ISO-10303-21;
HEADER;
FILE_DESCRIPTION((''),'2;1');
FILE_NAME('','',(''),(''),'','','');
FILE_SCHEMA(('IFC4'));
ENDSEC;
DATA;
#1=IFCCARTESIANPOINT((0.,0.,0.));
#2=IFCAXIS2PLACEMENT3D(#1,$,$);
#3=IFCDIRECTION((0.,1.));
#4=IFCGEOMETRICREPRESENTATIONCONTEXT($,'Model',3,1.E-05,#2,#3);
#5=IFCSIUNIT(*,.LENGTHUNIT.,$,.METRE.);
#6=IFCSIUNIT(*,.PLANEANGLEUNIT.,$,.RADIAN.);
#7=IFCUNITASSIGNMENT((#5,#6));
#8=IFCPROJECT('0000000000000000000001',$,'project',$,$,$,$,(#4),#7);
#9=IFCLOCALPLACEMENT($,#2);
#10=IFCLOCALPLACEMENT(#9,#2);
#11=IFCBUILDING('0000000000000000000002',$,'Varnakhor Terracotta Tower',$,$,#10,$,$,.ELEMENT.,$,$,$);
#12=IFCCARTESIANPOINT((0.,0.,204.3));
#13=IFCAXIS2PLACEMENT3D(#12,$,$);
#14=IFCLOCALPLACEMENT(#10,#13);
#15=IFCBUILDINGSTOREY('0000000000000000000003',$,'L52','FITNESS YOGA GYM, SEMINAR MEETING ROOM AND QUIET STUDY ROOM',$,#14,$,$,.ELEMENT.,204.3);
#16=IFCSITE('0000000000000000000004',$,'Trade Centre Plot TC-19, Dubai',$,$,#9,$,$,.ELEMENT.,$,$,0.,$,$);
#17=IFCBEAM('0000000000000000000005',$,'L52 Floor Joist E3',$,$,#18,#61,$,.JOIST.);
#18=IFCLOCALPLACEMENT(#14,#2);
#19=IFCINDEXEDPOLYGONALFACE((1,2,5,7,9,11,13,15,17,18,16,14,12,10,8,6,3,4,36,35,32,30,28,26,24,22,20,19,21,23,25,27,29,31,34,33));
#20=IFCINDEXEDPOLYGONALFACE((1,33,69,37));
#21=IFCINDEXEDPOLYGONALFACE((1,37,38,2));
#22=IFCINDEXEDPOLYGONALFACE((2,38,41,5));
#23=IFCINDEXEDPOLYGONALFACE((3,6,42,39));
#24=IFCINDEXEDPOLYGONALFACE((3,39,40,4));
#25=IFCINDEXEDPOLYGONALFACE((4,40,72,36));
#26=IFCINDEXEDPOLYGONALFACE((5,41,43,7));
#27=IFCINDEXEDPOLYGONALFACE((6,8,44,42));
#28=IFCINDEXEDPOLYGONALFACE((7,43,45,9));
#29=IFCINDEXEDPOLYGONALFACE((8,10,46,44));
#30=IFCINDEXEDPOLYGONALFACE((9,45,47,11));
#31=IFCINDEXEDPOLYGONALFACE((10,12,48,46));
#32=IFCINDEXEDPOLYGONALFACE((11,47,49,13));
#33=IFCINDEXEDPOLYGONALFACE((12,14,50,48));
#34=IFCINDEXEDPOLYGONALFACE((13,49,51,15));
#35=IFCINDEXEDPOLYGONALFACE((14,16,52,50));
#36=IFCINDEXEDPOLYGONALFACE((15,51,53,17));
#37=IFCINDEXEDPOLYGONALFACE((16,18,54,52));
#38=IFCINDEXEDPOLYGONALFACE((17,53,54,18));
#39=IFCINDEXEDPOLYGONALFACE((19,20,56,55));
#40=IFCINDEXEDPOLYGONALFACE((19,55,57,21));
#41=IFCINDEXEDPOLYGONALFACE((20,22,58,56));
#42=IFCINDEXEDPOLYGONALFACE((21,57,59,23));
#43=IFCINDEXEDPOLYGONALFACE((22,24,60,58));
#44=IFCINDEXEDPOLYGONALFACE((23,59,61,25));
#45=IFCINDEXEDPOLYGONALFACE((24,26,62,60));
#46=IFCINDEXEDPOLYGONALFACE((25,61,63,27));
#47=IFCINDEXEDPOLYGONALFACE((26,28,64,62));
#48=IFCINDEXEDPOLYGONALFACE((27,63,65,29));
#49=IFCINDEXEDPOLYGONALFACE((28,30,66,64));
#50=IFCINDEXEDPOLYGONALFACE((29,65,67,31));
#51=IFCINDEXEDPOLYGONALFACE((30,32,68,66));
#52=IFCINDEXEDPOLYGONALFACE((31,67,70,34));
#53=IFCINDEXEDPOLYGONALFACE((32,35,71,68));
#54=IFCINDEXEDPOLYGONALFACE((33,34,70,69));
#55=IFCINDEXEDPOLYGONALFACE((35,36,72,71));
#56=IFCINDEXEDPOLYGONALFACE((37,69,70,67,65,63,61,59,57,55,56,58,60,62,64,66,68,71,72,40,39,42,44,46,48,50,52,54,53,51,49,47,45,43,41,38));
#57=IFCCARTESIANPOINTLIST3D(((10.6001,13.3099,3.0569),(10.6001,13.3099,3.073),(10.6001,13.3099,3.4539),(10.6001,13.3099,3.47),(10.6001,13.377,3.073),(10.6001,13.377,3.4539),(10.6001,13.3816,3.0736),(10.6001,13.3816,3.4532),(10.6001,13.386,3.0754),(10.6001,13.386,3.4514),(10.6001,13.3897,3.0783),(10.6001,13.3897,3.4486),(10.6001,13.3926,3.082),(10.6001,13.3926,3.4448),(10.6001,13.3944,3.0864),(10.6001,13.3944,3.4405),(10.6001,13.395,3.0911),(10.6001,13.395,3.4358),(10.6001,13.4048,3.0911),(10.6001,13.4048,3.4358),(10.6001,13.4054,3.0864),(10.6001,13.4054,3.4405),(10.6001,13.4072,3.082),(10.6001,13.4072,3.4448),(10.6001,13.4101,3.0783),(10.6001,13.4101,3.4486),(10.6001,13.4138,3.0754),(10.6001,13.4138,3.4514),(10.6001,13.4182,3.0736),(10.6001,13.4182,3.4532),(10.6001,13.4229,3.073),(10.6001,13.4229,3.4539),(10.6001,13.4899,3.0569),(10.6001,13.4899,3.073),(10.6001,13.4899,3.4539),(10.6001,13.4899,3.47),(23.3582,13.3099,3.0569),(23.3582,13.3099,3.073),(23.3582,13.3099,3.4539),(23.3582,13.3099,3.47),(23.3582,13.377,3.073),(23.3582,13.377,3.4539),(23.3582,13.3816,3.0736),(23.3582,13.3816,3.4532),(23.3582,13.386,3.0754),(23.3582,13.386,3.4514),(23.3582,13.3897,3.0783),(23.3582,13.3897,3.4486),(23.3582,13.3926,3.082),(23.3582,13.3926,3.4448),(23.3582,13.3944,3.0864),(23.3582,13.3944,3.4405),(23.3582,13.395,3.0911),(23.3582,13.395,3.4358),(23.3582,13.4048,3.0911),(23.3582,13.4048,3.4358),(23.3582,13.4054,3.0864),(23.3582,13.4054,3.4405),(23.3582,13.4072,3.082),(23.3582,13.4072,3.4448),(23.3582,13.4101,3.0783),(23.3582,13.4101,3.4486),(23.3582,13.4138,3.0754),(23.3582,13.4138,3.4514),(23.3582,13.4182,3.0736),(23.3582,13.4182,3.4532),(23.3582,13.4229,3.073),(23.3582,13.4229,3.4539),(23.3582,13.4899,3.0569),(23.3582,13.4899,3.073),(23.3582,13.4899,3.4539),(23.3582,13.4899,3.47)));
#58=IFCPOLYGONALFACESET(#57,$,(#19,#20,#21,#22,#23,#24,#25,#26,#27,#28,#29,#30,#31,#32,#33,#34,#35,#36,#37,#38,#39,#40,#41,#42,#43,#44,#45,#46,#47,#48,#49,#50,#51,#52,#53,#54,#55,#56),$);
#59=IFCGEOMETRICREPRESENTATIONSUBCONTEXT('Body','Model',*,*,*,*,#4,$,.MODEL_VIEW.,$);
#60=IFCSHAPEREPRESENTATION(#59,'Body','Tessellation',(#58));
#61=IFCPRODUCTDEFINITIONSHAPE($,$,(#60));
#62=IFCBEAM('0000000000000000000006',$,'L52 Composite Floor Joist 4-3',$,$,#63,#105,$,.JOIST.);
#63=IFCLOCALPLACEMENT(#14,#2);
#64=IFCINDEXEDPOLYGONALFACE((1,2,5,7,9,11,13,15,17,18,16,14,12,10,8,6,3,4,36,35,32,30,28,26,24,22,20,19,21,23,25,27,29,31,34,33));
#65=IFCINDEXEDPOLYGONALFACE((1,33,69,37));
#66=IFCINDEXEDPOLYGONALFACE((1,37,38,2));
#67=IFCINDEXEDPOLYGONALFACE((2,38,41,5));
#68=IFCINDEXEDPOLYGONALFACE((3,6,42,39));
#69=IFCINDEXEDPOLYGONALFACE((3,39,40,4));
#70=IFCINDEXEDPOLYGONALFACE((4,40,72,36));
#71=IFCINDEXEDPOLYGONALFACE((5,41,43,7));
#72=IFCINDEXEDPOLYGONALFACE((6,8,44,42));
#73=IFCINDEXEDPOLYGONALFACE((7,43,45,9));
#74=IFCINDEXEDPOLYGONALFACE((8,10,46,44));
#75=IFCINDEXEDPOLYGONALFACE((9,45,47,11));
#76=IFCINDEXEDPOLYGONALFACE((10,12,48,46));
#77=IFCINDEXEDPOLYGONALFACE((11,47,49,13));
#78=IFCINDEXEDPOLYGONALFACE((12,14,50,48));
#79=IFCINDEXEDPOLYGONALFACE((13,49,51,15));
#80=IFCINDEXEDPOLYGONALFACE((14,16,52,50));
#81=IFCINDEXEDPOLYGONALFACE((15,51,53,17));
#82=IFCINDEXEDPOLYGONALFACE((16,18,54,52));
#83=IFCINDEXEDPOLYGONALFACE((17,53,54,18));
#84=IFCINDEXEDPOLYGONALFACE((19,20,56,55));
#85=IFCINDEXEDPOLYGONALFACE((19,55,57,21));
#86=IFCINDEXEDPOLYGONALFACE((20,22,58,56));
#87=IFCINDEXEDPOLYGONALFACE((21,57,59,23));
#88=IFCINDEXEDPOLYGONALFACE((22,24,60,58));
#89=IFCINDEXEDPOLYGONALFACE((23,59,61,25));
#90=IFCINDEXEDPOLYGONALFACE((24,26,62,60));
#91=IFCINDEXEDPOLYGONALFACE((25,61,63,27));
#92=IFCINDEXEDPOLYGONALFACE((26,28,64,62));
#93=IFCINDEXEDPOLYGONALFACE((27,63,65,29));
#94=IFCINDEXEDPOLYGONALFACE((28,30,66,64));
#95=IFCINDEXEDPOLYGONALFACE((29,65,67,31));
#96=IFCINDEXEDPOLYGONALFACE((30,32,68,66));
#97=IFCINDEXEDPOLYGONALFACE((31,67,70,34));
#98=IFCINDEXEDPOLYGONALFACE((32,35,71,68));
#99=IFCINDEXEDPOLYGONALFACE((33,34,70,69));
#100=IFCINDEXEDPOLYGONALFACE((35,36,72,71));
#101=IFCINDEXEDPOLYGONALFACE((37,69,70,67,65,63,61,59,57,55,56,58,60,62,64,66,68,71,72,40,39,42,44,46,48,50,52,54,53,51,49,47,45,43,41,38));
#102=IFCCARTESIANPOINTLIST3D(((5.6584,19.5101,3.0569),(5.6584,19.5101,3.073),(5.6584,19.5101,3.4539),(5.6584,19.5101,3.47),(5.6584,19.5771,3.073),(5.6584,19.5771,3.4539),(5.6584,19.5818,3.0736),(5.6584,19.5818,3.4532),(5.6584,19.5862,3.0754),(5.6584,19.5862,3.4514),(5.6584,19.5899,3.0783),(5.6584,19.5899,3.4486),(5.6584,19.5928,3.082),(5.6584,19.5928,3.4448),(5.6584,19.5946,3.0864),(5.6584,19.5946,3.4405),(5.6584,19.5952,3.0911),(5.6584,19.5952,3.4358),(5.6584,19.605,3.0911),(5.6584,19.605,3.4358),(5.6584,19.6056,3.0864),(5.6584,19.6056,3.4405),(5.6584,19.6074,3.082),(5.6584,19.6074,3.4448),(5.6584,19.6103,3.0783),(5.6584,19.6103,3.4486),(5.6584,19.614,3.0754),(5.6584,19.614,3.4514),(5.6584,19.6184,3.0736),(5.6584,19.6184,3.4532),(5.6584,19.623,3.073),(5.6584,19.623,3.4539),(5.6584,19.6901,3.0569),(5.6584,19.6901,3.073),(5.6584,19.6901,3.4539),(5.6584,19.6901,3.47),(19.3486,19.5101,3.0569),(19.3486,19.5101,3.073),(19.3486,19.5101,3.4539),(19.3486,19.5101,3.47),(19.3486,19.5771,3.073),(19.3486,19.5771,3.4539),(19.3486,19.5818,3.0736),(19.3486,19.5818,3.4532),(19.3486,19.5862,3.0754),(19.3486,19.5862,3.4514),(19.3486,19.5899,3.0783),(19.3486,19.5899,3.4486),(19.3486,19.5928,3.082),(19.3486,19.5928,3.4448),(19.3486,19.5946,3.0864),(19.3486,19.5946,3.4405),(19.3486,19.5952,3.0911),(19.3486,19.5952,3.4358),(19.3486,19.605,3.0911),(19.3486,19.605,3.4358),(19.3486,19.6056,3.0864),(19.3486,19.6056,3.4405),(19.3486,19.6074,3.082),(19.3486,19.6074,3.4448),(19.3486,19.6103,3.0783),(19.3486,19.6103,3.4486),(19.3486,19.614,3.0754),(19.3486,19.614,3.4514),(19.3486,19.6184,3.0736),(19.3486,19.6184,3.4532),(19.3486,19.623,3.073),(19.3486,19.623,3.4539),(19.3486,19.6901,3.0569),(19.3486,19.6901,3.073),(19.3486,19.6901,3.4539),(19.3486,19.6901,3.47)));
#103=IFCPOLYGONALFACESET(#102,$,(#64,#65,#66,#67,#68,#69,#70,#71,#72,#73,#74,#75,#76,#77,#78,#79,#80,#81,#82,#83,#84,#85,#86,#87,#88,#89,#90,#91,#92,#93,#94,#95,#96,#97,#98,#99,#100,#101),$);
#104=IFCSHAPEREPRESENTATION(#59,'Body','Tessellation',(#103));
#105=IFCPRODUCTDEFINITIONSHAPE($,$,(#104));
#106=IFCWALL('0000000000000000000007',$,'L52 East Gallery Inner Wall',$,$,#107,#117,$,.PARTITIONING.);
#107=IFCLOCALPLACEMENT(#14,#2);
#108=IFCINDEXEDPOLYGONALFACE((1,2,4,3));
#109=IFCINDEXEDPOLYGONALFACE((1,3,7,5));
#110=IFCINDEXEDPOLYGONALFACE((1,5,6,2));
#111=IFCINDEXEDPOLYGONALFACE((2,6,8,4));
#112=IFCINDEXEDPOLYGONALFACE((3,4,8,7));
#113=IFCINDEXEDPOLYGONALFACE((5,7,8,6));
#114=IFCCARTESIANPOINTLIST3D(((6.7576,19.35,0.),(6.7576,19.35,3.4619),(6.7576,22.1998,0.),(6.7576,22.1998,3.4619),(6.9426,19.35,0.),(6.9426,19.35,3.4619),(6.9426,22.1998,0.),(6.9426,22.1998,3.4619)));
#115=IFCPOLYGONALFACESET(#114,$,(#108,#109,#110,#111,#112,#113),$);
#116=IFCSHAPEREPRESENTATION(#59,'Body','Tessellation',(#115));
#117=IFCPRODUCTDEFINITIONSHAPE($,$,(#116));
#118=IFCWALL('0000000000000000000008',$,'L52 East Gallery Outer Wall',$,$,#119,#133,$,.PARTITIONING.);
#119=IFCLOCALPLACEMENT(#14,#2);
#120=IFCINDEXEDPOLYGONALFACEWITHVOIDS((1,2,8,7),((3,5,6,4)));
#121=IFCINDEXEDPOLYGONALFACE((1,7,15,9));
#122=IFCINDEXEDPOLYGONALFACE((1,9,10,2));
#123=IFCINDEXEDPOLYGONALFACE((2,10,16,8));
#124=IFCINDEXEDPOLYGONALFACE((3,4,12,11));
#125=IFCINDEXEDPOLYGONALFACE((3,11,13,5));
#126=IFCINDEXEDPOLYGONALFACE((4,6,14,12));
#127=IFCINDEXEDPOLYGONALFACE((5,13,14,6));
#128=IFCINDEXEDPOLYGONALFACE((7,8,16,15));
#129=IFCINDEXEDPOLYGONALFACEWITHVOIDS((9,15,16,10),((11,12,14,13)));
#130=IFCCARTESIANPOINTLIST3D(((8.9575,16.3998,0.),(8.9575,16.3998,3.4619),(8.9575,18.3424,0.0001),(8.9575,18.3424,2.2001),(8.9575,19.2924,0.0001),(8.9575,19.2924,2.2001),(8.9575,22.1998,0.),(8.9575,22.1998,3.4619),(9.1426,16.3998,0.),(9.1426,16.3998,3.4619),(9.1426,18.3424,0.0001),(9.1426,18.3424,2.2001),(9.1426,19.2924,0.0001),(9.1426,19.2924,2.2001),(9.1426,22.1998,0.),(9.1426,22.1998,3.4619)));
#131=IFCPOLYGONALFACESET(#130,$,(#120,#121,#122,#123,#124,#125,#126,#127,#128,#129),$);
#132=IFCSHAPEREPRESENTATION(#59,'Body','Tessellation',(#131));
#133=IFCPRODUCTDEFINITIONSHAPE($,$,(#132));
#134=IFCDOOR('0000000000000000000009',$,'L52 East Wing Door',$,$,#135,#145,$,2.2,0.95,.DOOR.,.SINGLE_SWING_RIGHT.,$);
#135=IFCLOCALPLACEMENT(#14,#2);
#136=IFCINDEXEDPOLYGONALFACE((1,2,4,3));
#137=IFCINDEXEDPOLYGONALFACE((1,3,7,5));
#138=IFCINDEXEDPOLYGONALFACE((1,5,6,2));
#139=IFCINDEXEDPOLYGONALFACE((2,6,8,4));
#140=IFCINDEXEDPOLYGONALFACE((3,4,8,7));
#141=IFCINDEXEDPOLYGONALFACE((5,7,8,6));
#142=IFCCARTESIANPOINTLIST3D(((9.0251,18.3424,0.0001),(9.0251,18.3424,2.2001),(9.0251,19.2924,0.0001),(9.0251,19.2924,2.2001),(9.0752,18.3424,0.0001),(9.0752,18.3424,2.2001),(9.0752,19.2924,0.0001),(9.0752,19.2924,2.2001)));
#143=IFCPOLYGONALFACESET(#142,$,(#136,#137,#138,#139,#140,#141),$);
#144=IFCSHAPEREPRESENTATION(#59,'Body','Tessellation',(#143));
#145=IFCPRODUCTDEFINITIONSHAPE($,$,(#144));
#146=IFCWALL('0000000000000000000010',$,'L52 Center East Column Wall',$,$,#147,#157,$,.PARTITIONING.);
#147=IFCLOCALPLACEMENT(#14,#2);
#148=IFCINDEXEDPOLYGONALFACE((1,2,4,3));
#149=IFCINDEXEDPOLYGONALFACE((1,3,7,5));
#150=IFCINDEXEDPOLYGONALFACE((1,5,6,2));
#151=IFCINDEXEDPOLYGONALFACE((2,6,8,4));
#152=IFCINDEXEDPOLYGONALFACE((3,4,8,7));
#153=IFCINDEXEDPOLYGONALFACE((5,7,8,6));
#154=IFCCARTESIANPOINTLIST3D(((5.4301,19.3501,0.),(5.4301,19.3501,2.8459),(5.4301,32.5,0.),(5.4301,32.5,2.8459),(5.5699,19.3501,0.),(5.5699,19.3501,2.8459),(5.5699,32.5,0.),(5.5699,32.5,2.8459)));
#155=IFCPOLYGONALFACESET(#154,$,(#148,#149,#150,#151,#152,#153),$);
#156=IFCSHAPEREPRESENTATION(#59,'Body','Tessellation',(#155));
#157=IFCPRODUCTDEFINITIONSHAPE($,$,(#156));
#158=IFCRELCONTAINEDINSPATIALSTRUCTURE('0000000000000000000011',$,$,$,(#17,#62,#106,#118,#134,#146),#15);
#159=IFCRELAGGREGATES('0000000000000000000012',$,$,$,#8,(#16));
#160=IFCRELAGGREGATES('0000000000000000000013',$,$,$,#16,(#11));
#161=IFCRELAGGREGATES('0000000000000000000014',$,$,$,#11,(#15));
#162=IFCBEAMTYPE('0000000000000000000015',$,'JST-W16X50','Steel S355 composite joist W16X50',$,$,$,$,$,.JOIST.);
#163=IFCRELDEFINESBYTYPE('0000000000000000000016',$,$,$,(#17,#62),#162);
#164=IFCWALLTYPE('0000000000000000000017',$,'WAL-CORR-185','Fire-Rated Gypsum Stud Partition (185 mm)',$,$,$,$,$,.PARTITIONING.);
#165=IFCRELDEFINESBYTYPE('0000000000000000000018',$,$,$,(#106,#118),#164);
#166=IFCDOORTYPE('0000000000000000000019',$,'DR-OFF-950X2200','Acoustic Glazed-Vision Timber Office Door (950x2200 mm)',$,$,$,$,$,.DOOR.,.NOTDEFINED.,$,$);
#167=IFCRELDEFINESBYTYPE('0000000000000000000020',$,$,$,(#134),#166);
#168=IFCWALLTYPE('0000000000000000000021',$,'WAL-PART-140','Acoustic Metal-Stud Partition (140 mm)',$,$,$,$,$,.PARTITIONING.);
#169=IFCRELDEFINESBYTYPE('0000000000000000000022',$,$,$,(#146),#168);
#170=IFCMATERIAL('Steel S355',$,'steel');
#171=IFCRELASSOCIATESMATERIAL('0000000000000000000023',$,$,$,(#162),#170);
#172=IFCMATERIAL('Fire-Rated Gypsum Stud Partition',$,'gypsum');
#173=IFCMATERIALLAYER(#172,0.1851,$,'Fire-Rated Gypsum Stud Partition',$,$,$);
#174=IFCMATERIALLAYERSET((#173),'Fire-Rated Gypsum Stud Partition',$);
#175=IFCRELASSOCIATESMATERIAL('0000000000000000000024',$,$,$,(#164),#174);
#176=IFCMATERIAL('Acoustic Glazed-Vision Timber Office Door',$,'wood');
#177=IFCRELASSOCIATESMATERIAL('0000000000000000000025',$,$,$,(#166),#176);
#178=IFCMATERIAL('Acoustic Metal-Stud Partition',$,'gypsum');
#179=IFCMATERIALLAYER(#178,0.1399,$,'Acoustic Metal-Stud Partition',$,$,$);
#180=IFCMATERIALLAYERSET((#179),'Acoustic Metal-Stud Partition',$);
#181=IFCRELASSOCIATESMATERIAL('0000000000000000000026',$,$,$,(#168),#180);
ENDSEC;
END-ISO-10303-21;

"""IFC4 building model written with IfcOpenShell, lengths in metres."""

from ifc_helpers import new_model, si_unit, direction, frame, frame_2d, origin, origin_2d, place, context, subcontext, project, spatial, rectangle, i_section, extrude, source, transform, mapped, material, layer, layer_set, material_profile, profile_set, type_object, type_shapes, element, fill, save


model = new_model("IFC4")

# Units and contexts
model_context = context("Model", 3, precision=1e-05, world=origin(), true_north=direction((0.0, 1.0)))
body_context = subcontext(model_context, "Body", "Model", "MODEL_VIEW")
ifc_project = project(units=[si_unit("LENGTHUNIT", "METRE"), si_unit("PLANEANGLEUNIT", "RADIAN")], contexts=[model_context])

# Site, building, storey
site_placement = place(None, origin())
site = spatial("IfcSite", under=ifc_project, at=site_placement, Name="Trade Centre Plot TC-19, Dubai", CompositionType="ELEMENT", RefElevation=0.0)
building_placement = place(site_placement, origin())
building = spatial("IfcBuilding", under=site, at=building_placement, Name="Varnakhor Terracotta Tower", CompositionType="ELEMENT")
storey_placement = place(building_placement, frame((0.0, 0.0, 204.3)))
storey = spatial("IfcBuildingStorey", under=building, at=storey_placement, Name="L52", Description="FITNESS YOGA GYM, SEMINAR MEETING ROOM AND QUIET STUDY ROOM", CompositionType="ELEMENT", Elevation=204.3)

# Beams
ifc_material_1 = material(Name="Steel S355", Category="steel")
ifc_material_profile_1 = material_profile(ifc_material_1, i_section(OverallWidth=0.1799, OverallDepth=0.4131, WebThickness=0.0098, FlangeThickness=0.0161, FilletRadius=0.0181, at=origin_2d()), Name="W16X50")
ifc_profile_set_1 = profile_set([ifc_material_profile_1], Name="Steel S355")
beam_type_1 = type_object("IfcBeamType", Name="JST-W16X50", Description="Steel S355 composite joist W16X50", PredefinedType="JOIST", material=ifc_profile_set_1)
shared_shape_1 = source(origin(), body_context, "Body", "SweptSolid", [
    extrude(i_section(OverallWidth=0.1799, OverallDepth=0.4131, WebThickness=0.0098, FlangeThickness=0.0161, FilletRadius=0.0181, at=origin_2d()), origin(), (0.0, 0.0, 1.0), 12.7581),
])
beam_1_placement = place(storey_placement, frame((10.6001, 13.3999, 3.2634), z_axis=(1.0, 0.0, 0.0), x_axis=(0.0, 1.0, 0.0)))
element("IfcBeam", 1, at=beam_1_placement, inside=storey, type_object=beam_type_1, Name="L52 Floor Joist E3", PredefinedType="JOIST", context=body_context, shape_type="MappedRepresentation", body=[
    mapped(shared_shape_1, transform((0.0, 0.0, 0.0), scale=1.0)),
])
shared_shape_2 = source(origin(), body_context, "Body", "SweptSolid", [
    extrude(i_section(OverallWidth=0.1799, OverallDepth=0.4131, WebThickness=0.0098, FlangeThickness=0.0161, FilletRadius=0.0181, at=origin_2d()), origin(), (0.0, 0.0, 1.0), 13.6902),
])
beam_2_placement = place(storey_placement, frame((5.6584, 19.6001, 3.2634), z_axis=(1.0, 0.0, 0.0), x_axis=(0.0, 1.0, 0.0)))
element("IfcBeam", 2, at=beam_2_placement, inside=storey, type_object=beam_type_1, Name="L52 Composite Floor Joist 4-3", PredefinedType="JOIST", context=body_context, shape_type="MappedRepresentation", body=[
    mapped(shared_shape_2, transform((0.0, 0.0, 0.0), scale=1.0)),
])

# Wall
ifc_material_2 = material(Name="Fire-Rated Gypsum Stud Partition", Category="gypsum")
ifc_layer_1 = layer(ifc_material_2, 0.1851, Name="Fire-Rated Gypsum Stud Partition")
ifc_layer_set_1 = layer_set([ifc_layer_1], Name="Fire-Rated Gypsum Stud Partition")
wall_type_1 = type_object("IfcWallType", Name="WAL-CORR-185", Description="Fire-Rated Gypsum Stud Partition (185 mm)", PredefinedType="PARTITIONING", material=ifc_layer_set_1)
wall_1_placement = place(storey_placement, frame((6.8501, 19.3501, 0.0), z_axis=(0.0, 0.0, 1.0), x_axis=(0.0, 1.0, 0.0)))
element("IfcWall", 3, at=wall_1_placement, inside=storey, type_object=wall_type_1, Name="L52 East Gallery Inner Wall", PredefinedType="PARTITIONING", context=body_context, shape_type="SweptSolid", body=[
    extrude(rectangle(XDim=2.8499, YDim=0.1851, at=frame_2d((1.4248, 0.0))), origin(), (0.0, 0.0, 1.0), 3.4619),
])

# Wall, opening, door
wall_2_placement = place(storey_placement, frame((9.05, 16.3999, 0.0), z_axis=(0.0, 0.0, 1.0), x_axis=(0.0, 1.0, 0.0)))
wall_2 = element("IfcWall", 4, at=wall_2_placement, inside=storey, type_object=wall_type_1, Name="L52 East Gallery Outer Wall", PredefinedType="PARTITIONING", context=body_context, shape_type="SweptSolid", body=[
    extrude(rectangle(XDim=5.8, YDim=0.1851, at=frame_2d((2.8999, 0.0))), origin(), (0.0, 0.0, 1.0), 3.4619),
])
opening_1_placement = place(wall_2_placement, frame((1.9424, 0.0, 0.0)))
opening_1 = element("IfcOpeningElement", 5, at=opening_1_placement, cuts=wall_2, PredefinedType="OPENING", context=body_context, shape_type="SweptSolid", body=[
    extrude(rectangle(XDim=0.95, YDim=2.2, at=frame_2d((0.4751, 1.1001))), frame((0.0, 0.1025, 0.0), z_axis=(0.0, -1.0, 0.0), x_axis=(1.0, 0.0, 0.0)), (0.0, 0.0, 1.0), 0.2051),
])
ifc_material_3 = material(Name="Acoustic Glazed-Vision Timber Office Door", Category="wood")
door_type_1 = type_object("IfcDoorType", Name="DR-OFF-950X2200", Description="Acoustic Glazed-Vision Timber Office Door (950x2200 mm)", OperationType="NOTDEFINED", PredefinedType="DOOR", material=ifc_material_3)
shared_shape_3 = source(origin(), body_context, "Body", "SweptSolid", [
    extrude(rectangle(XDim=0.95, YDim=2.2, at=frame_2d((0.4751, 1.1001))), frame((0.0, 0.0249, 0.0), z_axis=(0.0, -1.0, 0.0), x_axis=(1.0, 0.0, 0.0)), (0.0, 0.0, 1.0), 0.05),
])
type_shapes(door_type_1, [shared_shape_3])
door_1_placement = place(opening_1_placement, origin())
door_1 = element("IfcDoor", 6, at=door_1_placement, inside=storey, type_object=door_type_1, Name="L52 East Wing Door", OperationType="SINGLE_SWING_RIGHT", OverallHeight=2.2, OverallWidth=0.95, PredefinedType="DOOR", context=body_context, shape_type="MappedRepresentation", body=[
    mapped(shared_shape_3, transform((0.0, 0.0, 0.0), scale=1.0)),
])
fill(opening_1, door_1)

# Wall
ifc_material_4 = material(Name="Acoustic Metal-Stud Partition", Category="gypsum")
ifc_layer_2 = layer(ifc_material_4, 0.1399, Name="Acoustic Metal-Stud Partition")
ifc_layer_set_2 = layer_set([ifc_layer_2], Name="Acoustic Metal-Stud Partition")
wall_type_2 = type_object("IfcWallType", Name="WAL-PART-140", Description="Acoustic Metal-Stud Partition (140 mm)", PredefinedType="PARTITIONING", material=ifc_layer_set_2)
wall_3_placement = place(storey_placement, frame((5.5, 19.3501, 0.0), z_axis=(0.0, 0.0, 1.0), x_axis=(0.0, 1.0, 0.0)))
element("IfcWall", 7, at=wall_3_placement, inside=storey, type_object=wall_type_2, Name="L52 Center East Column Wall", PredefinedType="PARTITIONING", context=body_context, shape_type="SweptSolid", body=[
    extrude(rectangle(XDim=13.1499, YDim=0.1399, at=frame_2d((6.575, 0.0))), origin(), (0.0, 0.0, 1.0), 2.8459),
])

save(model, "model.ifc")
